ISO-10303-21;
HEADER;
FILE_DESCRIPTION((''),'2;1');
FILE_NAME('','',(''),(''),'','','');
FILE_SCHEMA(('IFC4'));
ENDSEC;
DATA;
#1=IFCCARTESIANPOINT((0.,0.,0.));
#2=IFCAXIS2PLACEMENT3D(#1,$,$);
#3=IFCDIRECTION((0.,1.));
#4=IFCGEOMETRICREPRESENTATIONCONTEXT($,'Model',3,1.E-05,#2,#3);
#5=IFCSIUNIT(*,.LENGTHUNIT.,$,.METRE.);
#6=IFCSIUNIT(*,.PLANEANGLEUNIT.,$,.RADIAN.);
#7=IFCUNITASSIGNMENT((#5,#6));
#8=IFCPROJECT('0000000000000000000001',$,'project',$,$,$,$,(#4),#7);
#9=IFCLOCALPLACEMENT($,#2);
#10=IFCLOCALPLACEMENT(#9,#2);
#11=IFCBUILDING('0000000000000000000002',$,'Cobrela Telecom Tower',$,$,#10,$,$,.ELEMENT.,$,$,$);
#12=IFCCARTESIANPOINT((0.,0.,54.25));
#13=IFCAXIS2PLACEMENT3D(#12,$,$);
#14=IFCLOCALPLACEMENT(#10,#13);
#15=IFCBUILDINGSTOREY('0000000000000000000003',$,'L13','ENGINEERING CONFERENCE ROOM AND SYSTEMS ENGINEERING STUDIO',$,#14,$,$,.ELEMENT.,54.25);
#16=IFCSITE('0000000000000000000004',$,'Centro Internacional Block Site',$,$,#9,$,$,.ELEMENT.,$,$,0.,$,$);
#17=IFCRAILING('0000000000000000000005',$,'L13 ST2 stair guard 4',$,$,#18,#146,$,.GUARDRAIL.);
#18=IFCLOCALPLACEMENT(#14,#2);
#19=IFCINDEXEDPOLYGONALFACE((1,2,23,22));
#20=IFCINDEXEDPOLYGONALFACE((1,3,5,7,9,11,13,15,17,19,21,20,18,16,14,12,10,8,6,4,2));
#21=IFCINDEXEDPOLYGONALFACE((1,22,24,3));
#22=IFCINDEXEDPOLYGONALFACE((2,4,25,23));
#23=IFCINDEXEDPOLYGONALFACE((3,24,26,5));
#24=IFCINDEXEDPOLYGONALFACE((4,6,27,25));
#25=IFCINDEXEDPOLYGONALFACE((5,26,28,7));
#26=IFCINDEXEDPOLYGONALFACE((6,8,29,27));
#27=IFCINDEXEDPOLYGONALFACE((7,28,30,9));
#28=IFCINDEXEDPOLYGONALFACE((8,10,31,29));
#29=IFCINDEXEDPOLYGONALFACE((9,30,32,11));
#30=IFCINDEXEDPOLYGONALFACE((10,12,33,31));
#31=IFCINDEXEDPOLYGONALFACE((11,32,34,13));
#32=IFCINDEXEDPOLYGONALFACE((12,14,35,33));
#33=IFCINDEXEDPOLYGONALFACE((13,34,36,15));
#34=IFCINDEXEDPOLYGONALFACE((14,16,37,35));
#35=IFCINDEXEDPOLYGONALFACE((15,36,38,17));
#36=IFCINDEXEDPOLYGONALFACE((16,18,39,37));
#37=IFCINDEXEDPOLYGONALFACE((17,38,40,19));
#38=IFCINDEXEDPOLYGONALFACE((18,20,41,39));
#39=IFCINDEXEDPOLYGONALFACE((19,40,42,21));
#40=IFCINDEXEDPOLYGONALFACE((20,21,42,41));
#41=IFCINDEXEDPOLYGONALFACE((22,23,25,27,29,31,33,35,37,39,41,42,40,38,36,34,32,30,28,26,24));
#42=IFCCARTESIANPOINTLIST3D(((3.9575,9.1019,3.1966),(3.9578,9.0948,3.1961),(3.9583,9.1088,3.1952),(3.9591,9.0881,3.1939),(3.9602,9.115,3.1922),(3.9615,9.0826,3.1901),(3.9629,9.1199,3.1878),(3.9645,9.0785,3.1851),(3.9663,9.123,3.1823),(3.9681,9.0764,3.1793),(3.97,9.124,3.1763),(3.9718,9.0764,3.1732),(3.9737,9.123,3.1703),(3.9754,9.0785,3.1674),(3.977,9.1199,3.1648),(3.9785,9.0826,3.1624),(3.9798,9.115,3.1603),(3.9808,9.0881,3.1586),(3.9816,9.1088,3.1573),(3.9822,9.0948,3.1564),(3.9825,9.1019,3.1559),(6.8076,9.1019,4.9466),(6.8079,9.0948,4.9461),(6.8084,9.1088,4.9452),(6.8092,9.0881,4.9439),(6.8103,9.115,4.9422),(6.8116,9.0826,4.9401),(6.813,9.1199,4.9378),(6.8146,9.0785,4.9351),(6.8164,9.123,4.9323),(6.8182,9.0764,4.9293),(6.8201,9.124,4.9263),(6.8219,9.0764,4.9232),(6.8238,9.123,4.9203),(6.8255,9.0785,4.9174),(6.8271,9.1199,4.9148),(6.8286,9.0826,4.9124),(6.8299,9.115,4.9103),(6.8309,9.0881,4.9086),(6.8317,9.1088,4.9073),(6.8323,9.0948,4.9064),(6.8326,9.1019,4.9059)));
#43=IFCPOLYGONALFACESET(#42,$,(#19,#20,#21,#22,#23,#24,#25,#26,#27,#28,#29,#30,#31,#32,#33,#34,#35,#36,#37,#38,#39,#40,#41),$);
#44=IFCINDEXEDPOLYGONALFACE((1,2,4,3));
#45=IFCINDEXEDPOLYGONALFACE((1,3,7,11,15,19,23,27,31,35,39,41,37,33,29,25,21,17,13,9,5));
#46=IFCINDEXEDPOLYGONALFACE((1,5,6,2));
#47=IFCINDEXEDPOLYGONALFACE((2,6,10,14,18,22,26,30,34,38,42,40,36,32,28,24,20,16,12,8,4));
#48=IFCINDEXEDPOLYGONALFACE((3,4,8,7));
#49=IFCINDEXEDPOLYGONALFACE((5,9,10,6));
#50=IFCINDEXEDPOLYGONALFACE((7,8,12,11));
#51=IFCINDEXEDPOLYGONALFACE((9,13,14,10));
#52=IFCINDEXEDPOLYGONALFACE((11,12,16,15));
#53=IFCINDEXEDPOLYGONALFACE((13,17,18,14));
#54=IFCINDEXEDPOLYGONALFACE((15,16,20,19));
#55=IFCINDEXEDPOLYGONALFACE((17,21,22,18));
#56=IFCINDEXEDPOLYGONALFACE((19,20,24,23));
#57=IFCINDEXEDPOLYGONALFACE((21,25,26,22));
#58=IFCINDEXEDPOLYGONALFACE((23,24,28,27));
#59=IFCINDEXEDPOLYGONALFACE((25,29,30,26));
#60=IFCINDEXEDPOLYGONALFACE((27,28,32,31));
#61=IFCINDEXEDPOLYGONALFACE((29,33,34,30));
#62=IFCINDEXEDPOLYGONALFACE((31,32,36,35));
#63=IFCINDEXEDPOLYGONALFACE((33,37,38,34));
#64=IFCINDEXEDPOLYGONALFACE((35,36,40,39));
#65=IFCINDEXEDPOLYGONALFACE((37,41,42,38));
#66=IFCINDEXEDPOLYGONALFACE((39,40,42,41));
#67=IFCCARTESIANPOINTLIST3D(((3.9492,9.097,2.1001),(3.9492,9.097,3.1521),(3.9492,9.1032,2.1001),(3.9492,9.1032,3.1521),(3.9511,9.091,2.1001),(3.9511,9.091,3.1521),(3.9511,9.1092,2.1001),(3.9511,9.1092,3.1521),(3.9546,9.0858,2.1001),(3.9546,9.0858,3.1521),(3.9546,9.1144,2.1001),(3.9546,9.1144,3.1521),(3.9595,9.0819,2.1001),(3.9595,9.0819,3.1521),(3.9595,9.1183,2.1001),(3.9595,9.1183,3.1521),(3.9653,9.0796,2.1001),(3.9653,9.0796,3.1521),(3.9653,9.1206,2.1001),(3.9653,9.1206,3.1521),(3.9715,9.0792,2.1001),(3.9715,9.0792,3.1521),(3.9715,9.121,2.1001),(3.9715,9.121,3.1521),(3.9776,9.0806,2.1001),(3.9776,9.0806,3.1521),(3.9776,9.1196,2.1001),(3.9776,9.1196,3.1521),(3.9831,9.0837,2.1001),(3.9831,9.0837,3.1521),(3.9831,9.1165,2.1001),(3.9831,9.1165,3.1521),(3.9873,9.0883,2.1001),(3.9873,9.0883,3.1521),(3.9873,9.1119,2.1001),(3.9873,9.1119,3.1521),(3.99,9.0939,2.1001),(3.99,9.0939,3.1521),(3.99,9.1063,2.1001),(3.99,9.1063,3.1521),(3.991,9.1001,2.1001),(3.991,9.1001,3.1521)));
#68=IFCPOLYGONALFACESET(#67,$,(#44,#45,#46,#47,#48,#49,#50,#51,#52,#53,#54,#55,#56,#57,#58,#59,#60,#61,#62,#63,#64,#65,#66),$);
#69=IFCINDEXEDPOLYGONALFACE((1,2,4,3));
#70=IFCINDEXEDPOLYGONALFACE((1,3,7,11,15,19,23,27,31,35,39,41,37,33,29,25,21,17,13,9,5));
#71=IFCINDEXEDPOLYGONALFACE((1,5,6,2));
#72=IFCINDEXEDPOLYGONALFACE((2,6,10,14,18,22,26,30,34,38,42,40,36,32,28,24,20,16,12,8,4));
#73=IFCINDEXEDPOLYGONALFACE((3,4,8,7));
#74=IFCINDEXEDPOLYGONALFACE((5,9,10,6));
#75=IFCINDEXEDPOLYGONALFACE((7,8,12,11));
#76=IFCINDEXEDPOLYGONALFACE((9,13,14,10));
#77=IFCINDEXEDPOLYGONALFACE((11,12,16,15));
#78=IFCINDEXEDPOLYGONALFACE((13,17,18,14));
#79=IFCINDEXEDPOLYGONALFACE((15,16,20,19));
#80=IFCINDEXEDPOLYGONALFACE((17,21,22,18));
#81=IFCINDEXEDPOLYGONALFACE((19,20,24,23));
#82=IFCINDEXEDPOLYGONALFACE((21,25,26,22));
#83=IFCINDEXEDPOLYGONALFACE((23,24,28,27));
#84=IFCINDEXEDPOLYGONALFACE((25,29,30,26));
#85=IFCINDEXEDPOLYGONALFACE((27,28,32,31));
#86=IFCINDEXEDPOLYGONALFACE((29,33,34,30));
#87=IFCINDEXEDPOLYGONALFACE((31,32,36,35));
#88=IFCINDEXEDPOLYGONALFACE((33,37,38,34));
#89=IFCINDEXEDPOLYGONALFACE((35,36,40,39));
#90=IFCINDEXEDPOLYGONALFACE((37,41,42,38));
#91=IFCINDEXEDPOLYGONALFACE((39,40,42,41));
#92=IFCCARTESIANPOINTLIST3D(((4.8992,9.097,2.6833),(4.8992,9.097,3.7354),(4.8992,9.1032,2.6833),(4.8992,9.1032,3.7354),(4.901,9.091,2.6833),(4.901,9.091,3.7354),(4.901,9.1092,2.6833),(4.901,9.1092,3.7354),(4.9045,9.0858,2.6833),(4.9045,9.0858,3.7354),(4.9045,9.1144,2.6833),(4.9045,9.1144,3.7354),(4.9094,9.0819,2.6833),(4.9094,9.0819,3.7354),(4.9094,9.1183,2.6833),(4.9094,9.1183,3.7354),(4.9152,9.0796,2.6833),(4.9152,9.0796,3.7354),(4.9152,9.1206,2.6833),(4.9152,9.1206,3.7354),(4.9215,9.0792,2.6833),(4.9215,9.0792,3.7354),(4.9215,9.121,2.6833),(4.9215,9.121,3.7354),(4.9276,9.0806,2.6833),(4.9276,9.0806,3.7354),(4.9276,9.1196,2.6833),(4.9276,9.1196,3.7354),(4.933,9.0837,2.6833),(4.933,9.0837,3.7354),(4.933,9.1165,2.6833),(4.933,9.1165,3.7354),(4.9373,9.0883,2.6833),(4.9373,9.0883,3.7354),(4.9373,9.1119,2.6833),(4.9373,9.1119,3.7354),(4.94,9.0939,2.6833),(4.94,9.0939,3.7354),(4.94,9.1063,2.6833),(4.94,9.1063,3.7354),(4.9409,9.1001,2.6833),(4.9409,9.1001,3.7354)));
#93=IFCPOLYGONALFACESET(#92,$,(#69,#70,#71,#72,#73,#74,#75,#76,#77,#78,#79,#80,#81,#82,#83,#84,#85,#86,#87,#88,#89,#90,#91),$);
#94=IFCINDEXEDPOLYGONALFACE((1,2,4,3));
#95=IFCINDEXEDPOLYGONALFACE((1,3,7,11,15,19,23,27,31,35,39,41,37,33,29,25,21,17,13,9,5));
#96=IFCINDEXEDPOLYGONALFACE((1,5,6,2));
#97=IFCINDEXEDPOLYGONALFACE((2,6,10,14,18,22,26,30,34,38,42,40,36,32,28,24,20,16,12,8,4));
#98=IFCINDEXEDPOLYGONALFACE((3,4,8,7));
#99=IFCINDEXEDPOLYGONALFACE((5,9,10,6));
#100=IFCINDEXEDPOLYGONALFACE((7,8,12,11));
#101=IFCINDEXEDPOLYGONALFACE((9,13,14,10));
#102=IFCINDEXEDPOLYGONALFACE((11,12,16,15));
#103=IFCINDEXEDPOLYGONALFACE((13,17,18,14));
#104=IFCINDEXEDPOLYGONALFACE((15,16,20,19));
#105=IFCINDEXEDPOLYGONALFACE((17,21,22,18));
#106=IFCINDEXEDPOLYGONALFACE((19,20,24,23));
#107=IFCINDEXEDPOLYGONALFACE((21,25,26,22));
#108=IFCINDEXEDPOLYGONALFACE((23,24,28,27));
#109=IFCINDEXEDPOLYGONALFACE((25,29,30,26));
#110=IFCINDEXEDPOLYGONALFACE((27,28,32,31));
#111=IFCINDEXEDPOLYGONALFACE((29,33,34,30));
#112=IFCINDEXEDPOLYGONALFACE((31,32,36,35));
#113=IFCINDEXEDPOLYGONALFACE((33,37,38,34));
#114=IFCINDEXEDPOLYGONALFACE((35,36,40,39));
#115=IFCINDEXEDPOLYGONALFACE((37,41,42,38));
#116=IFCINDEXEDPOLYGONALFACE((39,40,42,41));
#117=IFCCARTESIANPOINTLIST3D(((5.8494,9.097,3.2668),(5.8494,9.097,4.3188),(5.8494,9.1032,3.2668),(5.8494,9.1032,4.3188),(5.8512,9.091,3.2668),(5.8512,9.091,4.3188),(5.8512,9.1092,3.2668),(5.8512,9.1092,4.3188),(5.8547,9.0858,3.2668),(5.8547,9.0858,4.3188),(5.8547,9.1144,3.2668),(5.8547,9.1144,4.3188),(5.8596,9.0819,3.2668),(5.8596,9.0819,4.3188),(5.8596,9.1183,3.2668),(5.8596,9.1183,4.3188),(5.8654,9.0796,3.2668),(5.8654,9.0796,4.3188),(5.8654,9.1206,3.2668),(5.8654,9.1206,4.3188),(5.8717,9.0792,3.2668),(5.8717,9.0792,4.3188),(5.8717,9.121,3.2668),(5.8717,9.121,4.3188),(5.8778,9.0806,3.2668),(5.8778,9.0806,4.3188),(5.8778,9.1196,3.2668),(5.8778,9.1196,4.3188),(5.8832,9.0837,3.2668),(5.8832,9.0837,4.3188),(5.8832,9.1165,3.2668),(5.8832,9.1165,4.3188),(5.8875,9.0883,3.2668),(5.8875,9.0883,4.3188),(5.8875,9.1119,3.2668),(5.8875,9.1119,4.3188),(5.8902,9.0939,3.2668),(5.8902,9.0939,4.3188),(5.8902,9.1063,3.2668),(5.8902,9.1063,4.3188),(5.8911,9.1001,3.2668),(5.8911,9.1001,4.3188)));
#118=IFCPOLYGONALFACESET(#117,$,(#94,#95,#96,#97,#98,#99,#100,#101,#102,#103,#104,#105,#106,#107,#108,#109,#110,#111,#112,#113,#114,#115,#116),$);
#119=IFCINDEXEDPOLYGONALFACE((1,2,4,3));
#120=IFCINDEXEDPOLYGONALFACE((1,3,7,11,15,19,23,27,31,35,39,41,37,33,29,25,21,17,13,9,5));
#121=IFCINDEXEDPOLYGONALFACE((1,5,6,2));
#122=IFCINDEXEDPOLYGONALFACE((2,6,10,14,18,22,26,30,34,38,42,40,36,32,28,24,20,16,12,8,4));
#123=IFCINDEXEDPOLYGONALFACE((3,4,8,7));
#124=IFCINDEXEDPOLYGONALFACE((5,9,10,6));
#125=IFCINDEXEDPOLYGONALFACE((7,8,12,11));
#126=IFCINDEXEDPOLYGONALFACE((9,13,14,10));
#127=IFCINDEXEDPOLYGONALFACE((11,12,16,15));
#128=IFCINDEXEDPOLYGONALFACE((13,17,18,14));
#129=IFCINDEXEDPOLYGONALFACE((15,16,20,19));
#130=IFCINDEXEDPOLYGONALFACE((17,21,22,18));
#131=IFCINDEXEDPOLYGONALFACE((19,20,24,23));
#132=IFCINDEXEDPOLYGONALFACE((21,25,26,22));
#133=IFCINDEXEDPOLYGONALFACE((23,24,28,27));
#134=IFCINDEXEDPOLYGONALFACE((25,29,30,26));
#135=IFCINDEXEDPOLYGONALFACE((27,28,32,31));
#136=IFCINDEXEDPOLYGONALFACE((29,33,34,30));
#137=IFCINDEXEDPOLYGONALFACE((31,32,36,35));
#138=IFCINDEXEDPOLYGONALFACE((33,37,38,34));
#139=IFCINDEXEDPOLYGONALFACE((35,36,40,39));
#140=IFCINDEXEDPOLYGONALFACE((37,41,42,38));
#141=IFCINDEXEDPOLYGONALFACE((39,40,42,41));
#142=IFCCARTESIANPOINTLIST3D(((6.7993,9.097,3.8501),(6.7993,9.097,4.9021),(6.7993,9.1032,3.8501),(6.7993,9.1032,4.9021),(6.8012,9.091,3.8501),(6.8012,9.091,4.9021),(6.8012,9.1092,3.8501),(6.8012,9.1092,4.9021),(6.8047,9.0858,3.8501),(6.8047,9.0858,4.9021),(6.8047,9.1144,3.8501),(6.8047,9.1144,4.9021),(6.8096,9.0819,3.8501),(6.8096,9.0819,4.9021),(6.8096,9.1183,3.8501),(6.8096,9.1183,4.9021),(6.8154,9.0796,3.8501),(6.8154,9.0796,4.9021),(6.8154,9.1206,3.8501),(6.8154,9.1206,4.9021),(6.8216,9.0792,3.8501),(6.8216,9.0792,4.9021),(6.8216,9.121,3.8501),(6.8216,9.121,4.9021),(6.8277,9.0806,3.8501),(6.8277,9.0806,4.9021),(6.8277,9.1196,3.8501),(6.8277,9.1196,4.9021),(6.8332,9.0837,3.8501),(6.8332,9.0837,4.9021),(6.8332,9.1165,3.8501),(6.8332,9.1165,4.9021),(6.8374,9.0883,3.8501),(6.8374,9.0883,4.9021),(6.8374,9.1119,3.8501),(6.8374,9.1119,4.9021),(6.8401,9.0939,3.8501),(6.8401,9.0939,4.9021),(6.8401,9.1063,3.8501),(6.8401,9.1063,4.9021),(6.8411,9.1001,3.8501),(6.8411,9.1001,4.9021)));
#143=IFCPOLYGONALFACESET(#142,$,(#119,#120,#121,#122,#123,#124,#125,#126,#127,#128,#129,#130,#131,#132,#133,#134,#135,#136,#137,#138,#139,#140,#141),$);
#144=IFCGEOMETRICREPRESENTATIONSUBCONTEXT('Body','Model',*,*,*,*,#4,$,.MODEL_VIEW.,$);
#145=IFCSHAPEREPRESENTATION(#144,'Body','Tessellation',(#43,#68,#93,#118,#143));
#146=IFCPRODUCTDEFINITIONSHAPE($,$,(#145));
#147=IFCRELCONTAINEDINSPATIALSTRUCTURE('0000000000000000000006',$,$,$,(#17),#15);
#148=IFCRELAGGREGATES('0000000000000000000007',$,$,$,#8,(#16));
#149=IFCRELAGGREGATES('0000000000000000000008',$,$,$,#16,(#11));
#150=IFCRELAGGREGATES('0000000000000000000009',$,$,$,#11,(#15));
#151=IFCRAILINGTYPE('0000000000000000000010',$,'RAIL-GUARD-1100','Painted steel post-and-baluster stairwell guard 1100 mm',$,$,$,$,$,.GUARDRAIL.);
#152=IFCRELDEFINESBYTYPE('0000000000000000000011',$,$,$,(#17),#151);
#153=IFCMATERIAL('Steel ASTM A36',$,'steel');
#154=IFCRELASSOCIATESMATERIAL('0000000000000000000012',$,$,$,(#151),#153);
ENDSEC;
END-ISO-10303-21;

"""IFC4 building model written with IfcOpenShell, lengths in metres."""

from ifc_helpers import new_model, si_unit, direction, frame, origin, origin_2d, place, context, subcontext, project, spatial, circle, extrude, material, type_object, element, save


model = new_model("IFC4")

# Units and contexts
model_context = context("Model", 3, precision=1e-05, world=origin(), true_north=direction((0.0, 1.0)))
body_context = subcontext(model_context, "Body", "Model", "MODEL_VIEW")
ifc_project = project(units=[si_unit("LENGTHUNIT", "METRE"), si_unit("PLANEANGLEUNIT", "RADIAN")], contexts=[model_context])

# Site, building, storey
site_placement = place(None, origin())
site = spatial("IfcSite", under=ifc_project, at=site_placement, Name="Centro Internacional Block Site", CompositionType="ELEMENT", RefElevation=0.0)
building_placement = place(site_placement, origin())
building = spatial("IfcBuilding", under=site, at=building_placement, Name="Cobrela Telecom Tower", CompositionType="ELEMENT")
storey_placement = place(building_placement, frame((0.0, 0.0, 54.25)))
storey = spatial("IfcBuildingStorey", under=building, at=storey_placement, Name="L13", Description="ENGINEERING CONFERENCE ROOM AND SYSTEMS ENGINEERING STUDIO", CompositionType="ELEMENT", Elevation=54.25)

# Railing
ifc_material_1 = material(Name="Steel ASTM A36", Category="steel")
railing_type_1 = type_object("IfcRailingType", Name="RAIL-GUARD-1100", Description="Painted steel post-and-baluster stairwell guard 1100 mm", PredefinedType="GUARDRAIL", material=ifc_material_1)
railing_1_placement = place(storey_placement, frame((3.97, 9.1001, 2.1001)))
element("IfcRailing", 1, at=railing_1_placement, inside=storey, type_object=railing_type_1, Name="L13 ST2 stair guard 4", PredefinedType="GUARDRAIL", context=body_context, shape_type="SweptSolid", body=[
    extrude(circle(Radius=0.0239, at=origin_2d()), frame((0.0, 0.0, 1.0762), z_axis=(0.852179, 0.0, 0.52325), x_axis=(0.0, 1.0, 0.0)), (0.0, 0.0, 1.0), 3.3445),
    extrude(circle(Radius=0.021, at=origin_2d()), origin(), (0.0, 0.0, 1.0), 1.052),
    extrude(circle(Radius=0.021, at=origin_2d()), frame((0.95, 0.0, 0.5833)), (0.0, 0.0, 1.0), 1.052),
    extrude(circle(Radius=0.021, at=origin_2d()), frame((1.9001, 0.0, 1.1667)), (0.0, 0.0, 1.0), 1.052),
    extrude(circle(Radius=0.021, at=origin_2d()), frame((2.8501, 0.0, 1.75)), (0.0, 0.0, 1.0), 1.052),
])

save(model, "model.ifc")
